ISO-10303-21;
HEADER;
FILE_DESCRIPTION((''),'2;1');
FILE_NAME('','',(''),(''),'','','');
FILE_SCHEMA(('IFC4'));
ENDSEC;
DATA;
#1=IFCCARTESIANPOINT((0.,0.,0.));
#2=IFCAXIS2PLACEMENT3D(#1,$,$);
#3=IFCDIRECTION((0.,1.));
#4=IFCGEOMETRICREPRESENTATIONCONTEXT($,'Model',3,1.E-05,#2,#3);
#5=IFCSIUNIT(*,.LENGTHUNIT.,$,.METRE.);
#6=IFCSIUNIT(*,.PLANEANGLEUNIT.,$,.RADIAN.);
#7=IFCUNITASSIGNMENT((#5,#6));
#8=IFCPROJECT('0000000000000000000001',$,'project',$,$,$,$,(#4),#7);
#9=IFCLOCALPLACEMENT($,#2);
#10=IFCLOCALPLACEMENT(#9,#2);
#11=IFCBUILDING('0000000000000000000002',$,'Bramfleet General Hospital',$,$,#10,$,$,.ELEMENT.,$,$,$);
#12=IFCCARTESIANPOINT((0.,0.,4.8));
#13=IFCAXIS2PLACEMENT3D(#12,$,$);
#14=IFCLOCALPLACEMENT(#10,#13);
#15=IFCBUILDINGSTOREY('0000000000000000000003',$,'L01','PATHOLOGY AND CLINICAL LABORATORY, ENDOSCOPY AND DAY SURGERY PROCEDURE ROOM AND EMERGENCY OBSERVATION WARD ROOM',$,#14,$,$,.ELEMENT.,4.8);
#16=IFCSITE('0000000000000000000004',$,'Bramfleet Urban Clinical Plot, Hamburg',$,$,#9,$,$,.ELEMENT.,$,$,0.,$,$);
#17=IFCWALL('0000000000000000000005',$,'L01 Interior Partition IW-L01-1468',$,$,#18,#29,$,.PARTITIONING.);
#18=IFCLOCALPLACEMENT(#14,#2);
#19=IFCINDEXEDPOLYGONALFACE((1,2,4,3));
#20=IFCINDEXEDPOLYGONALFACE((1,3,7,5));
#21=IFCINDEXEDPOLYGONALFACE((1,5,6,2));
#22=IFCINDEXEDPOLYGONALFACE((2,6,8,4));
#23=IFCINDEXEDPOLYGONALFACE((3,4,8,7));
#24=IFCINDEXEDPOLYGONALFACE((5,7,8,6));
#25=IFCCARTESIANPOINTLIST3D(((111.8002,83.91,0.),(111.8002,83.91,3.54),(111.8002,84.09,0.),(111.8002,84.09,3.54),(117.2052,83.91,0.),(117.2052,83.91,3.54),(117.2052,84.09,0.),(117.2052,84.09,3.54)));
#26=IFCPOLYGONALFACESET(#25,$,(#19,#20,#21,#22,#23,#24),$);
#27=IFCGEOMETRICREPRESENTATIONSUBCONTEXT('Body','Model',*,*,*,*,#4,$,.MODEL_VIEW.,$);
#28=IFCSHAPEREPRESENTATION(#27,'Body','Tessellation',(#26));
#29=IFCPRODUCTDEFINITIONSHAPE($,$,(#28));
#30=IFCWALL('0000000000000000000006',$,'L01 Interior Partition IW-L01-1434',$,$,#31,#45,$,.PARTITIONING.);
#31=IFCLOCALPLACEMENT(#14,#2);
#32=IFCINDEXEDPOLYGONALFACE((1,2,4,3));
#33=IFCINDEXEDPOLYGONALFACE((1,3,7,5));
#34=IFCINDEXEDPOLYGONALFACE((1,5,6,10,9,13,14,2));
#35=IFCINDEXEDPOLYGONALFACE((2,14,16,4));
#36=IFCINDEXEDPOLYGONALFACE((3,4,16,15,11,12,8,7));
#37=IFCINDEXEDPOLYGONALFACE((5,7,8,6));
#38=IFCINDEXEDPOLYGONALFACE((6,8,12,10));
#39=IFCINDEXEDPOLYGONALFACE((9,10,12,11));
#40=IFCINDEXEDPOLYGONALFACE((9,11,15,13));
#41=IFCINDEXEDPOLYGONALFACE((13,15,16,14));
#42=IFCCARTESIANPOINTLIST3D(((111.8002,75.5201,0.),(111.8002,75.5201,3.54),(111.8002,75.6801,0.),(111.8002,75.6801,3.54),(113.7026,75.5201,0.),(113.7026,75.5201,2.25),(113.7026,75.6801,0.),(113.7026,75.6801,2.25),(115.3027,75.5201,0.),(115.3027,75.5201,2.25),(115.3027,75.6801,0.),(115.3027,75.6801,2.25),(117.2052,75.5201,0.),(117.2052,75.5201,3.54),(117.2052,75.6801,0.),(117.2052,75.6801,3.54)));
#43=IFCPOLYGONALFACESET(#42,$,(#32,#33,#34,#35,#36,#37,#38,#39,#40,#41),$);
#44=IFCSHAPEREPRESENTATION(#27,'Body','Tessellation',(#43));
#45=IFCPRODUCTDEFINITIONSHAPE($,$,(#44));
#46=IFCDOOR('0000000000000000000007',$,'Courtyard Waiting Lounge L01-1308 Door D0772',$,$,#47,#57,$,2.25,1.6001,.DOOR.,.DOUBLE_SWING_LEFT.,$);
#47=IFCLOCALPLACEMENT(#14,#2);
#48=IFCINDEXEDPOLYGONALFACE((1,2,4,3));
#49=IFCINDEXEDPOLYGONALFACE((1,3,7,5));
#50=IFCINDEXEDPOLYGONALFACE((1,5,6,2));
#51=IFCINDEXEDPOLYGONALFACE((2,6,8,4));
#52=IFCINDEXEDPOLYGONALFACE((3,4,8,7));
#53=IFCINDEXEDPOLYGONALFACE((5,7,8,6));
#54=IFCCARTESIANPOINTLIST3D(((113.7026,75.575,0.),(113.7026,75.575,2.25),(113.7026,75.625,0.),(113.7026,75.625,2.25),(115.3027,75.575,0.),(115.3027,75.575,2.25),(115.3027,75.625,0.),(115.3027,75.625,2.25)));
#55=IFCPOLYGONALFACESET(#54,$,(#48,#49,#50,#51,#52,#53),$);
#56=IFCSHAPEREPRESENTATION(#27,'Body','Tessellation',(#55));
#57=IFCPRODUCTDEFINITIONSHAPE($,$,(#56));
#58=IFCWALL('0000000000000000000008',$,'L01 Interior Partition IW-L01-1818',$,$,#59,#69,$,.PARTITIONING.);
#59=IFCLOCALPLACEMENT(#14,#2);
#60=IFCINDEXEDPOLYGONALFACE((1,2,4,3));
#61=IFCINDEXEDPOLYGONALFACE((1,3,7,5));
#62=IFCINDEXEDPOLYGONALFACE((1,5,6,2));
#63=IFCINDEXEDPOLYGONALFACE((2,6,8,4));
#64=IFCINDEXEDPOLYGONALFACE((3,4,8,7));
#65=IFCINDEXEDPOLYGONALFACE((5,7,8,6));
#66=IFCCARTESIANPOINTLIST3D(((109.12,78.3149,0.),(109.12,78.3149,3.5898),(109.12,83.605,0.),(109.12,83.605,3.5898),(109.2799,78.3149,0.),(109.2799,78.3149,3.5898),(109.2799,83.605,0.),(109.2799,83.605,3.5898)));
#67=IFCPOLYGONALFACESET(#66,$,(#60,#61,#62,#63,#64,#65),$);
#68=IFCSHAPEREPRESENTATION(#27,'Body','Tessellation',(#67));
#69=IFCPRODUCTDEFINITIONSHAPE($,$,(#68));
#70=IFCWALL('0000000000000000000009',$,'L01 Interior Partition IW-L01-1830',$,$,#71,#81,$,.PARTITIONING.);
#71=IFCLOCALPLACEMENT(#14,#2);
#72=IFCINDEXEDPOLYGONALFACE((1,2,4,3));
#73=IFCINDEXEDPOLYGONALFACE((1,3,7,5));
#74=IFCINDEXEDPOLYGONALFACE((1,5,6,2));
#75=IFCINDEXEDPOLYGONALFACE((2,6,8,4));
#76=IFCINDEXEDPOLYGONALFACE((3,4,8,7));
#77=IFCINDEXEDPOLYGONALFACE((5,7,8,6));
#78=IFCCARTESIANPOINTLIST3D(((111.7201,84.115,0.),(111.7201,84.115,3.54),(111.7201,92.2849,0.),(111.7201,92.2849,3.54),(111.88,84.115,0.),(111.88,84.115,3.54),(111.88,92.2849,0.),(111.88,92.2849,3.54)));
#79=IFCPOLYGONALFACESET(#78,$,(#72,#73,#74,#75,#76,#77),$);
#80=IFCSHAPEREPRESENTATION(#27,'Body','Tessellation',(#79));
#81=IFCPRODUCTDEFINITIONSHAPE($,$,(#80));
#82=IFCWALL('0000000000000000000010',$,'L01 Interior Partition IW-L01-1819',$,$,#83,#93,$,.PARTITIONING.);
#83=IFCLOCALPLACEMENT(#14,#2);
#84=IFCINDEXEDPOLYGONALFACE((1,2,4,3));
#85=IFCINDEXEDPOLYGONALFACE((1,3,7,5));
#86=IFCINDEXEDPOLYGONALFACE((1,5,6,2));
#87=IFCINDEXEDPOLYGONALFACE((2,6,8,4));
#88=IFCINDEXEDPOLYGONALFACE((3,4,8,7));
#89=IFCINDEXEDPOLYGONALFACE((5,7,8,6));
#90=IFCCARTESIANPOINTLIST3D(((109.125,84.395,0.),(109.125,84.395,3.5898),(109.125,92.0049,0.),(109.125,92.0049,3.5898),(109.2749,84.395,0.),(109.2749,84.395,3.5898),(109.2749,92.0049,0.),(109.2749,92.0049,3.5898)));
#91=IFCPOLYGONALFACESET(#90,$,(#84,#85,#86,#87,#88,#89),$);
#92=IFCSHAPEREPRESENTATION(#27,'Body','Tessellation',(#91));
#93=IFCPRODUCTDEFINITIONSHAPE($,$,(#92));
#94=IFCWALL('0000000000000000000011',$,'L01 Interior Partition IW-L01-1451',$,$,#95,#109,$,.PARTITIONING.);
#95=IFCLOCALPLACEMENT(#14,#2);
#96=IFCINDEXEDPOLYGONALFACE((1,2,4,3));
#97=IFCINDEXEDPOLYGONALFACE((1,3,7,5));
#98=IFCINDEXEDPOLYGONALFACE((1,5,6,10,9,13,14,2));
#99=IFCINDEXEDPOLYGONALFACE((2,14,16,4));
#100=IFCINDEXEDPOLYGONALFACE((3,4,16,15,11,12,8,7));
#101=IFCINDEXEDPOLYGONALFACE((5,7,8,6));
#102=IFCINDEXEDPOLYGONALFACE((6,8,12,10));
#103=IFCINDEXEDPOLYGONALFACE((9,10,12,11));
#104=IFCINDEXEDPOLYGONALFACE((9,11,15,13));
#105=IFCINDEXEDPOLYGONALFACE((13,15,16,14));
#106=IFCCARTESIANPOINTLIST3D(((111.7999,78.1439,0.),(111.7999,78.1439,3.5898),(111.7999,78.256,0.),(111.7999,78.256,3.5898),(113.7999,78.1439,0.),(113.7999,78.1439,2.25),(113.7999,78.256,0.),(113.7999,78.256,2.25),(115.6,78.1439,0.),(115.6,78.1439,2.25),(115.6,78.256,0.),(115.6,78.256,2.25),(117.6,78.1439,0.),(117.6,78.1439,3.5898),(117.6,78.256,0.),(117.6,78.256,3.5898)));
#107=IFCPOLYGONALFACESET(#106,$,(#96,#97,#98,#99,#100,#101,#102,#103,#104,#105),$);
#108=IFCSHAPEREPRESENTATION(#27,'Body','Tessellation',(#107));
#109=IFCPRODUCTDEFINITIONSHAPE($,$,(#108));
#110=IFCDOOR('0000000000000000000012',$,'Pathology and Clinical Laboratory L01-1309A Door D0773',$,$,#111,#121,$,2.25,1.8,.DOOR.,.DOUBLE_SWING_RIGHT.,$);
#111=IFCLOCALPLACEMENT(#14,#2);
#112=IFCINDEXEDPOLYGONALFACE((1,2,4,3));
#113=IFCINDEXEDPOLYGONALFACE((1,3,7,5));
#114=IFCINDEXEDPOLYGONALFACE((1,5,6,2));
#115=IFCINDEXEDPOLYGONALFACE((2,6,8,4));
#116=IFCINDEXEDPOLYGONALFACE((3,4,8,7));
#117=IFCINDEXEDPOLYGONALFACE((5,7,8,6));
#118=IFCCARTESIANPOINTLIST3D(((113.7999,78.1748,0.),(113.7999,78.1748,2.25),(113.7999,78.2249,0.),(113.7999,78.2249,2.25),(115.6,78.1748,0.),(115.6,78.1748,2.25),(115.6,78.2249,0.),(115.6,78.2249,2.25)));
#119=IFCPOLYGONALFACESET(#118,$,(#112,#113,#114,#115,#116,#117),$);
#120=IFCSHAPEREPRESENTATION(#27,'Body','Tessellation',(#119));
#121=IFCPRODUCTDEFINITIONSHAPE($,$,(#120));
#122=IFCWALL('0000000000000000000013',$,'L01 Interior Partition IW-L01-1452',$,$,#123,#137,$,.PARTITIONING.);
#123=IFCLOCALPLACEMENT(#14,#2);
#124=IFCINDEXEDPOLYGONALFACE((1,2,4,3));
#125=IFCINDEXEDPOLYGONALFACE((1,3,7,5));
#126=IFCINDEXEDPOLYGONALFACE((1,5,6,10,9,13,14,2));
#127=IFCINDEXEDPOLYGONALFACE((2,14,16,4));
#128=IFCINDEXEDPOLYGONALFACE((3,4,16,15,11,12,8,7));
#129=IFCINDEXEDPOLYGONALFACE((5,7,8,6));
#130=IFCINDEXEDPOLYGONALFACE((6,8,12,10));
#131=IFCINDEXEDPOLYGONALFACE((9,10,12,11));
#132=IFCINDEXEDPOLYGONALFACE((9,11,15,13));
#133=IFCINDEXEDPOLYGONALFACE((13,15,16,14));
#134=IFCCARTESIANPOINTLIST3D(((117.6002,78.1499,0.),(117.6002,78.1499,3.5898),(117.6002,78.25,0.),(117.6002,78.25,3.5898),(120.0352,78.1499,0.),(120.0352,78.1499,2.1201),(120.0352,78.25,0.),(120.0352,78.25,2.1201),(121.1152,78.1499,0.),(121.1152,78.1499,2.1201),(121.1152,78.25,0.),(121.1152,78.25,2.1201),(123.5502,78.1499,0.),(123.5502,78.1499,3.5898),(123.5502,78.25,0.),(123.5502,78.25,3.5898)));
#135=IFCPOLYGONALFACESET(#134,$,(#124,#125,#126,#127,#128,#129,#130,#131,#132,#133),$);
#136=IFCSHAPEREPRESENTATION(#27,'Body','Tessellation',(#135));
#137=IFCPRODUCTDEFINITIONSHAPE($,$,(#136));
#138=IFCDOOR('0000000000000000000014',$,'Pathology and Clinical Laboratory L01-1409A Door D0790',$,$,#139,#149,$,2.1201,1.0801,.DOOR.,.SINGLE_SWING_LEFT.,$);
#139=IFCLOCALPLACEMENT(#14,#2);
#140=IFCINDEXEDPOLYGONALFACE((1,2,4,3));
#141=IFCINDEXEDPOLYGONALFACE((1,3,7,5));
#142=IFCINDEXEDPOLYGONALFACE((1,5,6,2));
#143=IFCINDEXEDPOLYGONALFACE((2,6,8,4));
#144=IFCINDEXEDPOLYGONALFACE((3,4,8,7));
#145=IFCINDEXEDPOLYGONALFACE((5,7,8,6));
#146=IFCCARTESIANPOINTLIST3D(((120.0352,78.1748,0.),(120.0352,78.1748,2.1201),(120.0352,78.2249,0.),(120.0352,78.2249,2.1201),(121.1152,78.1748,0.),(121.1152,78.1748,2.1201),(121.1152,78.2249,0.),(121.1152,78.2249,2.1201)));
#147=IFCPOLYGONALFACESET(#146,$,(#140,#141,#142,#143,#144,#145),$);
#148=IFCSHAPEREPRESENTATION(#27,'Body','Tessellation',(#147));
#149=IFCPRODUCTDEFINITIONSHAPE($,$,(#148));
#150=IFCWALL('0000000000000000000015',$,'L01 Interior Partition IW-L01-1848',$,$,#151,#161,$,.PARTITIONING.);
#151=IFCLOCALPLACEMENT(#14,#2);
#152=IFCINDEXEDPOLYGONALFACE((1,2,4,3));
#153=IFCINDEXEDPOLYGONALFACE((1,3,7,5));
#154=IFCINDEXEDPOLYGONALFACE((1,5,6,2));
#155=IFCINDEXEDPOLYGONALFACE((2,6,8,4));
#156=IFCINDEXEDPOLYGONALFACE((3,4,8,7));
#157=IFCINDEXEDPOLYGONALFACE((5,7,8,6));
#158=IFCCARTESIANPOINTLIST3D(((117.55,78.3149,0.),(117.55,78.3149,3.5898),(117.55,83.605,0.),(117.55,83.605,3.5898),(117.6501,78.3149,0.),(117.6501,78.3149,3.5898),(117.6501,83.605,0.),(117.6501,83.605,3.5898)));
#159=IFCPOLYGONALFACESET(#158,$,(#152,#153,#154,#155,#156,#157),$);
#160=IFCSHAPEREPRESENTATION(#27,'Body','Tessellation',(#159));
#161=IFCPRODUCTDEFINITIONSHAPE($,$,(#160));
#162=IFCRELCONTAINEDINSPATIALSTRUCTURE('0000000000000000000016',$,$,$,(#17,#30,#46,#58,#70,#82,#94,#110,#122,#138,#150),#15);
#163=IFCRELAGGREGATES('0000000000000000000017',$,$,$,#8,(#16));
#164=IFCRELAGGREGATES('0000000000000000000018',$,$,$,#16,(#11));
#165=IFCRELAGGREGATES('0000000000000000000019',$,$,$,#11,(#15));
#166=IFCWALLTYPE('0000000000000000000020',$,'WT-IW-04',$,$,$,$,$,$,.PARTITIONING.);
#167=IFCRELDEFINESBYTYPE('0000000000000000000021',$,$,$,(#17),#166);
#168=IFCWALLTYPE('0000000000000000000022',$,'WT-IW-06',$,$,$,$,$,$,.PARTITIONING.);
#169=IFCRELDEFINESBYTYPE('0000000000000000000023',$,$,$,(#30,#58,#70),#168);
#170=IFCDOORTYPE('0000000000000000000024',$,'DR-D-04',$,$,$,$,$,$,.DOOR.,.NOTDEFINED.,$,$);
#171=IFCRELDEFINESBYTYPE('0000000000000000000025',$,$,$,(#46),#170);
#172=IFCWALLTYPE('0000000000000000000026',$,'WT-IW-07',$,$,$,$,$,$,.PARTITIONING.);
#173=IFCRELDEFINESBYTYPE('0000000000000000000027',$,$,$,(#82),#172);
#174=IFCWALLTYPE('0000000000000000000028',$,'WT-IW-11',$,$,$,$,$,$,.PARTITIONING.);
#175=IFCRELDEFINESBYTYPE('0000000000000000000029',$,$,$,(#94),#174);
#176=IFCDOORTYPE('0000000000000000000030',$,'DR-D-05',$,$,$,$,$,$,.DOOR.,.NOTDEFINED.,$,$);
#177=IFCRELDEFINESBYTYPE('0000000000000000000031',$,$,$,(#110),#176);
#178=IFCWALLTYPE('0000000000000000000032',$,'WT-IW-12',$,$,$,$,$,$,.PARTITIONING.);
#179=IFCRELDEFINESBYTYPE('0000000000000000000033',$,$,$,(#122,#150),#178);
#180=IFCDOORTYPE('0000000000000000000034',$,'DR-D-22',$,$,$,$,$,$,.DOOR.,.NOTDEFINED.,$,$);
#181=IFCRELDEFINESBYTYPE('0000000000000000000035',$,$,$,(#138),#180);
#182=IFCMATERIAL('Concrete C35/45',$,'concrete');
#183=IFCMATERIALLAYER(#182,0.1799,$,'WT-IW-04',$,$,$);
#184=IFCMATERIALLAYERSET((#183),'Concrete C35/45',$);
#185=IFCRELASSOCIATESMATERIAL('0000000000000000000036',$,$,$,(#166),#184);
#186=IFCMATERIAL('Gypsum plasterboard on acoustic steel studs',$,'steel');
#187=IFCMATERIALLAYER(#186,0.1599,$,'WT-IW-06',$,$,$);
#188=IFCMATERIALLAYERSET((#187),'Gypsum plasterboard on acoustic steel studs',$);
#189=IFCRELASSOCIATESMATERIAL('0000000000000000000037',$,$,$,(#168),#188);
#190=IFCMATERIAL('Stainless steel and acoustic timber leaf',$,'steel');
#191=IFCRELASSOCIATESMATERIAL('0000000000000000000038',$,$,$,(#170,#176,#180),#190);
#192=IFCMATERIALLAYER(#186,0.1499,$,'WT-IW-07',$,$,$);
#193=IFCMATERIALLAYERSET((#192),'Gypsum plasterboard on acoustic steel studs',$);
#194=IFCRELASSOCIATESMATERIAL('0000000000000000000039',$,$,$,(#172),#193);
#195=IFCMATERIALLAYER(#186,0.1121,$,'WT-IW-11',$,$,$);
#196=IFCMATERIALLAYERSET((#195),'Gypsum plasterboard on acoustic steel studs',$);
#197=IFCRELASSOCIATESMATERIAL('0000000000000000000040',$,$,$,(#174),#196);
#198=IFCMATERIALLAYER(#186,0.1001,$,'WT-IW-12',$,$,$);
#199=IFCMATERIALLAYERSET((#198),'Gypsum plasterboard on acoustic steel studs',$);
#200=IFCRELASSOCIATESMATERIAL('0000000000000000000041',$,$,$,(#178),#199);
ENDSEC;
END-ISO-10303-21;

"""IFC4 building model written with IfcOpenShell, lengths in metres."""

from ifc_helpers import new_model, si_unit, direction, frame, frame_2d, origin, place, context, subcontext, project, spatial, rectangle, extrude, material, layer, layer_set, type_object, element, fill, save


model = new_model("IFC4")

# Units and contexts
model_context = context("Model", 3, precision=1e-05, world=origin(), true_north=direction((0.0, 1.0)))
body_context = subcontext(model_context, "Body", "Model", "MODEL_VIEW")
ifc_project = project(units=[si_unit("LENGTHUNIT", "METRE"), si_unit("PLANEANGLEUNIT", "RADIAN")], contexts=[model_context])

# Site, building, storey
site_placement = place(None, origin())
site = spatial("IfcSite", under=ifc_project, at=site_placement, Name="Bramfleet Urban Clinical Plot, Hamburg", CompositionType="ELEMENT", RefElevation=0.0)
building_placement = place(site_placement, origin())
building = spatial("IfcBuilding", under=site, at=building_placement, Name="Bramfleet General Hospital", CompositionType="ELEMENT")
storey_placement = place(building_placement, frame((0.0, 0.0, 4.8)))
storey = spatial("IfcBuildingStorey", under=building, at=storey_placement, Name="L01", Description="PATHOLOGY AND CLINICAL LABORATORY, ENDOSCOPY AND DAY SURGERY PROCEDURE ROOM AND EMERGENCY OBSERVATION WARD ROOM", CompositionType="ELEMENT", Elevation=4.8)

# Shared definitions
ifc_material_1 = material(Name="Concrete C35/45", Category="concrete")

# Wall
ifc_layer_1 = layer(ifc_material_1, 0.1799, Name="WT-IW-04")
ifc_layer_set_1 = layer_set([ifc_layer_1], Name="Concrete C35/45")
wall_type_1 = type_object("IfcWallType", Name="WT-IW-04", PredefinedType="PARTITIONING", material=ifc_layer_set_1)
wall_1_placement = place(storey_placement, frame((111.8, 84.0, 0.0), z_axis=(0.0, 0.0, 1.0), x_axis=(1.0, 0.0, 0.0)))
element("IfcWall", 1, at=wall_1_placement, inside=storey, type_object=wall_type_1, Name="L01 Interior Partition IW-L01-1468", PredefinedType="PARTITIONING", context=body_context, shape_type="SweptSolid", body=[
    extrude(rectangle(XDim=5.405, YDim=0.1799, at=frame_2d((2.7026, 0.0))), origin(), (0.0, 0.0, 1.0), 3.54),
])
ifc_material_2 = material(Name="Gypsum plasterboard on acoustic steel studs", Category="steel")

# Wall, opening, door
ifc_layer_2 = layer(ifc_material_2, 0.1599, Name="WT-IW-06")
ifc_layer_set_2 = layer_set([ifc_layer_2], Name="Gypsum plasterboard on acoustic steel studs")
wall_type_2 = type_object("IfcWallType", Name="WT-IW-06", PredefinedType="PARTITIONING", material=ifc_layer_set_2)
wall_2_placement = place(storey_placement, frame((111.8, 75.6001, 0.0), z_axis=(0.0, 0.0, 1.0), x_axis=(1.0, 0.0, 0.0)))
wall_2 = element("IfcWall", 2, at=wall_2_placement, inside=storey, type_object=wall_type_2, Name="L01 Interior Partition IW-L01-1434", PredefinedType="PARTITIONING", context=body_context, shape_type="SweptSolid", body=[
    extrude(rectangle(XDim=5.405, YDim=0.1599, at=frame_2d((2.7026, 0.0))), origin(), (0.0, 0.0, 1.0), 3.54),
])
opening_1_placement = place(wall_2_placement, frame((1.9026, 0.0, 0.0)))
opening_1 = element("IfcOpeningElement", 3, at=opening_1_placement, cuts=wall_2, PredefinedType="OPENING", context=body_context, shape_type="SweptSolid", body=[
    extrude(rectangle(XDim=1.6001, YDim=2.25, at=frame_2d((0.8, 1.125))), frame((0.0, 0.0898, 0.0), z_axis=(0.0, -1.0, 0.0), x_axis=(1.0, 0.0, 0.0)), (0.0, 0.0, 1.0), 0.1799),
])
ifc_material_3 = material(Name="Stainless steel and acoustic timber leaf", Category="steel")
door_type_1 = type_object("IfcDoorType", Name="DR-D-04", OperationType="NOTDEFINED", PredefinedType="DOOR", material=ifc_material_3)
door_1_placement = place(opening_1_placement, origin())
door_1 = element("IfcDoor", 4, at=door_1_placement, inside=storey, type_object=door_type_1, Name="Courtyard Waiting Lounge L01-1308 Door D0772", OperationType="DOUBLE_SWING_LEFT", OverallHeight=2.25, OverallWidth=1.6001, PredefinedType="DOOR", context=body_context, shape_type="SweptSolid", body=[
    extrude(rectangle(XDim=1.6001, YDim=2.25, at=frame_2d((0.8, 1.125))), frame((0.0, 0.0249, 0.0), z_axis=(0.0, -1.0, 0.0), x_axis=(1.0, 0.0, 0.0)), (0.0, 0.0, 1.0), 0.05),
])
fill(opening_1, door_1)

# Walls
wall_3_placement = place(storey_placement, frame((109.2, 78.3149, 0.0), z_axis=(0.0, 0.0, 1.0), x_axis=(0.0, 1.0, 0.0)))
element("IfcWall", 5, at=wall_3_placement, inside=storey, type_object=wall_type_2, Name="L01 Interior Partition IW-L01-1818", PredefinedType="PARTITIONING", context=body_context, shape_type="SweptSolid", body=[
    extrude(rectangle(XDim=5.29, YDim=0.1599, at=frame_2d((2.645, 0.0))), origin(), (0.0, 0.0, 1.0), 3.5898),
])
wall_4_placement = place(storey_placement, frame((111.8, 84.115, 0.0), z_axis=(0.0, 0.0, 1.0), x_axis=(0.0, 1.0, 0.0)))
element("IfcWall", 6, at=wall_4_placement, inside=storey, type_object=wall_type_2, Name="L01 Interior Partition IW-L01-1830", PredefinedType="PARTITIONING", context=body_context, shape_type="SweptSolid", body=[
    extrude(rectangle(XDim=8.1699, YDim=0.1599, at=frame_2d((4.085, 0.0))), origin(), (0.0, 0.0, 1.0), 3.54),
])
ifc_layer_3 = layer(ifc_material_2, 0.1499, Name="WT-IW-07")
ifc_layer_set_3 = layer_set([ifc_layer_3], Name="Gypsum plasterboard on acoustic steel studs")
wall_type_3 = type_object("IfcWallType", Name="WT-IW-07", PredefinedType="PARTITIONING", material=ifc_layer_set_3)
wall_5_placement = place(storey_placement, frame((109.2, 84.395, 0.0), z_axis=(0.0, 0.0, 1.0), x_axis=(0.0, 1.0, 0.0)))
element("IfcWall", 7, at=wall_5_placement, inside=storey, type_object=wall_type_3, Name="L01 Interior Partition IW-L01-1819", PredefinedType="PARTITIONING", context=body_context, shape_type="SweptSolid", body=[
    extrude(rectangle(XDim=7.6099, YDim=0.1499, at=frame_2d((3.8049, 0.0))), origin(), (0.0, 0.0, 1.0), 3.5898),
])

# Walls, openings, doors
ifc_layer_4 = layer(ifc_material_2, 0.1121, Name="WT-IW-11")
ifc_layer_set_4 = layer_set([ifc_layer_4], Name="Gypsum plasterboard on acoustic steel studs")
wall_type_4 = type_object("IfcWallType", Name="WT-IW-11", PredefinedType="PARTITIONING", material=ifc_layer_set_4)
wall_6_placement = place(storey_placement, frame((111.8, 78.2, 0.0), z_axis=(0.0, 0.0, 1.0), x_axis=(1.0, 0.0, 0.0)))
wall_6 = element("IfcWall", 8, at=wall_6_placement, inside=storey, type_object=wall_type_4, Name="L01 Interior Partition IW-L01-1451", PredefinedType="PARTITIONING", context=body_context, shape_type="SweptSolid", body=[
    extrude(rectangle(XDim=5.8, YDim=0.1121, at=frame_2d((2.8999, 0.0))), origin(), (0.0, 0.0, 1.0), 3.5898),
])
opening_2_placement = place(wall_6_placement, frame((2.0, 0.0, 0.0)))
opening_2 = element("IfcOpeningElement", 9, at=opening_2_placement, cuts=wall_6, PredefinedType="OPENING", context=body_context, shape_type="SweptSolid", body=[
    extrude(rectangle(XDim=1.8, YDim=2.25, at=frame_2d((0.8999, 1.125))), frame((0.0, 0.0659, 0.0), z_axis=(0.0, -1.0, 0.0), x_axis=(1.0, 0.0, 0.0)), (0.0, 0.0, 1.0), 0.1321),
])
door_type_2 = type_object("IfcDoorType", Name="DR-D-05", OperationType="NOTDEFINED", PredefinedType="DOOR", material=ifc_material_3)
door_2_placement = place(opening_2_placement, origin())
door_2 = element("IfcDoor", 10, at=door_2_placement, inside=storey, type_object=door_type_2, Name="Pathology and Clinical Laboratory L01-1309A Door D0773", OperationType="DOUBLE_SWING_RIGHT", OverallHeight=2.25, OverallWidth=1.8, PredefinedType="DOOR", context=body_context, shape_type="SweptSolid", body=[
    extrude(rectangle(XDim=1.8, YDim=2.25, at=frame_2d((0.8999, 1.125))), frame((0.0, 0.0249, 0.0), z_axis=(0.0, -1.0, 0.0), x_axis=(1.0, 0.0, 0.0)), (0.0, 0.0, 1.0), 0.05),
])
fill(opening_2, door_2)
ifc_layer_5 = layer(ifc_material_2, 0.1001, Name="WT-IW-12")
ifc_layer_set_5 = layer_set([ifc_layer_5], Name="Gypsum plasterboard on acoustic steel studs")
wall_type_5 = type_object("IfcWallType", Name="WT-IW-12", PredefinedType="PARTITIONING", material=ifc_layer_set_5)
wall_7_placement = place(storey_placement, frame((117.6001, 78.2, 0.0), z_axis=(0.0, 0.0, 1.0), x_axis=(1.0, 0.0, 0.0)))
wall_7 = element("IfcWall", 11, at=wall_7_placement, inside=storey, type_object=wall_type_5, Name="L01 Interior Partition IW-L01-1452", PredefinedType="PARTITIONING", context=body_context, shape_type="SweptSolid", body=[
    extrude(rectangle(XDim=5.95, YDim=0.1001, at=frame_2d((2.9751, 0.0))), origin(), (0.0, 0.0, 1.0), 3.5898),
])
opening_3_placement = place(wall_7_placement, frame((2.4351, 0.0, 0.0)))
opening_3 = element("IfcOpeningElement", 12, at=opening_3_placement, cuts=wall_7, PredefinedType="OPENING", context=body_context, shape_type="SweptSolid", body=[
    extrude(rectangle(XDim=1.0801, YDim=2.1201, at=frame_2d((0.54, 1.0601))), frame((0.0, 0.0601, 0.0), z_axis=(0.0, -1.0, 0.0), x_axis=(1.0, 0.0, 0.0)), (0.0, 0.0, 1.0), 0.1201),
])
door_type_3 = type_object("IfcDoorType", Name="DR-D-22", OperationType="NOTDEFINED", PredefinedType="DOOR", material=ifc_material_3)
door_3_placement = place(opening_3_placement, origin())
door_3 = element("IfcDoor", 13, at=door_3_placement, inside=storey, type_object=door_type_3, Name="Pathology and Clinical Laboratory L01-1409A Door D0790", OperationType="SINGLE_SWING_LEFT", OverallHeight=2.1201, OverallWidth=1.0801, PredefinedType="DOOR", context=body_context, shape_type="SweptSolid", body=[
    extrude(rectangle(XDim=1.0801, YDim=2.1201, at=frame_2d((0.54, 1.0601))), frame((0.0, 0.0249, 0.0), z_axis=(0.0, -1.0, 0.0), x_axis=(1.0, 0.0, 0.0)), (0.0, 0.0, 1.0), 0.05),
])
fill(opening_3, door_3)

# Wall
wall_8_placement = place(storey_placement, frame((117.6001, 78.3149, 0.0), z_axis=(0.0, 0.0, 1.0), x_axis=(0.0, 1.0, 0.0)))
element("IfcWall", 14, at=wall_8_placement, inside=storey, type_object=wall_type_5, Name="L01 Interior Partition IW-L01-1848", PredefinedType="PARTITIONING", context=body_context, shape_type="SweptSolid", body=[
    extrude(rectangle(XDim=5.29, YDim=0.1001, at=frame_2d((2.645, 0.0))), origin(), (0.0, 0.0, 1.0), 3.5898),
])

save(model, "model.ifc")
